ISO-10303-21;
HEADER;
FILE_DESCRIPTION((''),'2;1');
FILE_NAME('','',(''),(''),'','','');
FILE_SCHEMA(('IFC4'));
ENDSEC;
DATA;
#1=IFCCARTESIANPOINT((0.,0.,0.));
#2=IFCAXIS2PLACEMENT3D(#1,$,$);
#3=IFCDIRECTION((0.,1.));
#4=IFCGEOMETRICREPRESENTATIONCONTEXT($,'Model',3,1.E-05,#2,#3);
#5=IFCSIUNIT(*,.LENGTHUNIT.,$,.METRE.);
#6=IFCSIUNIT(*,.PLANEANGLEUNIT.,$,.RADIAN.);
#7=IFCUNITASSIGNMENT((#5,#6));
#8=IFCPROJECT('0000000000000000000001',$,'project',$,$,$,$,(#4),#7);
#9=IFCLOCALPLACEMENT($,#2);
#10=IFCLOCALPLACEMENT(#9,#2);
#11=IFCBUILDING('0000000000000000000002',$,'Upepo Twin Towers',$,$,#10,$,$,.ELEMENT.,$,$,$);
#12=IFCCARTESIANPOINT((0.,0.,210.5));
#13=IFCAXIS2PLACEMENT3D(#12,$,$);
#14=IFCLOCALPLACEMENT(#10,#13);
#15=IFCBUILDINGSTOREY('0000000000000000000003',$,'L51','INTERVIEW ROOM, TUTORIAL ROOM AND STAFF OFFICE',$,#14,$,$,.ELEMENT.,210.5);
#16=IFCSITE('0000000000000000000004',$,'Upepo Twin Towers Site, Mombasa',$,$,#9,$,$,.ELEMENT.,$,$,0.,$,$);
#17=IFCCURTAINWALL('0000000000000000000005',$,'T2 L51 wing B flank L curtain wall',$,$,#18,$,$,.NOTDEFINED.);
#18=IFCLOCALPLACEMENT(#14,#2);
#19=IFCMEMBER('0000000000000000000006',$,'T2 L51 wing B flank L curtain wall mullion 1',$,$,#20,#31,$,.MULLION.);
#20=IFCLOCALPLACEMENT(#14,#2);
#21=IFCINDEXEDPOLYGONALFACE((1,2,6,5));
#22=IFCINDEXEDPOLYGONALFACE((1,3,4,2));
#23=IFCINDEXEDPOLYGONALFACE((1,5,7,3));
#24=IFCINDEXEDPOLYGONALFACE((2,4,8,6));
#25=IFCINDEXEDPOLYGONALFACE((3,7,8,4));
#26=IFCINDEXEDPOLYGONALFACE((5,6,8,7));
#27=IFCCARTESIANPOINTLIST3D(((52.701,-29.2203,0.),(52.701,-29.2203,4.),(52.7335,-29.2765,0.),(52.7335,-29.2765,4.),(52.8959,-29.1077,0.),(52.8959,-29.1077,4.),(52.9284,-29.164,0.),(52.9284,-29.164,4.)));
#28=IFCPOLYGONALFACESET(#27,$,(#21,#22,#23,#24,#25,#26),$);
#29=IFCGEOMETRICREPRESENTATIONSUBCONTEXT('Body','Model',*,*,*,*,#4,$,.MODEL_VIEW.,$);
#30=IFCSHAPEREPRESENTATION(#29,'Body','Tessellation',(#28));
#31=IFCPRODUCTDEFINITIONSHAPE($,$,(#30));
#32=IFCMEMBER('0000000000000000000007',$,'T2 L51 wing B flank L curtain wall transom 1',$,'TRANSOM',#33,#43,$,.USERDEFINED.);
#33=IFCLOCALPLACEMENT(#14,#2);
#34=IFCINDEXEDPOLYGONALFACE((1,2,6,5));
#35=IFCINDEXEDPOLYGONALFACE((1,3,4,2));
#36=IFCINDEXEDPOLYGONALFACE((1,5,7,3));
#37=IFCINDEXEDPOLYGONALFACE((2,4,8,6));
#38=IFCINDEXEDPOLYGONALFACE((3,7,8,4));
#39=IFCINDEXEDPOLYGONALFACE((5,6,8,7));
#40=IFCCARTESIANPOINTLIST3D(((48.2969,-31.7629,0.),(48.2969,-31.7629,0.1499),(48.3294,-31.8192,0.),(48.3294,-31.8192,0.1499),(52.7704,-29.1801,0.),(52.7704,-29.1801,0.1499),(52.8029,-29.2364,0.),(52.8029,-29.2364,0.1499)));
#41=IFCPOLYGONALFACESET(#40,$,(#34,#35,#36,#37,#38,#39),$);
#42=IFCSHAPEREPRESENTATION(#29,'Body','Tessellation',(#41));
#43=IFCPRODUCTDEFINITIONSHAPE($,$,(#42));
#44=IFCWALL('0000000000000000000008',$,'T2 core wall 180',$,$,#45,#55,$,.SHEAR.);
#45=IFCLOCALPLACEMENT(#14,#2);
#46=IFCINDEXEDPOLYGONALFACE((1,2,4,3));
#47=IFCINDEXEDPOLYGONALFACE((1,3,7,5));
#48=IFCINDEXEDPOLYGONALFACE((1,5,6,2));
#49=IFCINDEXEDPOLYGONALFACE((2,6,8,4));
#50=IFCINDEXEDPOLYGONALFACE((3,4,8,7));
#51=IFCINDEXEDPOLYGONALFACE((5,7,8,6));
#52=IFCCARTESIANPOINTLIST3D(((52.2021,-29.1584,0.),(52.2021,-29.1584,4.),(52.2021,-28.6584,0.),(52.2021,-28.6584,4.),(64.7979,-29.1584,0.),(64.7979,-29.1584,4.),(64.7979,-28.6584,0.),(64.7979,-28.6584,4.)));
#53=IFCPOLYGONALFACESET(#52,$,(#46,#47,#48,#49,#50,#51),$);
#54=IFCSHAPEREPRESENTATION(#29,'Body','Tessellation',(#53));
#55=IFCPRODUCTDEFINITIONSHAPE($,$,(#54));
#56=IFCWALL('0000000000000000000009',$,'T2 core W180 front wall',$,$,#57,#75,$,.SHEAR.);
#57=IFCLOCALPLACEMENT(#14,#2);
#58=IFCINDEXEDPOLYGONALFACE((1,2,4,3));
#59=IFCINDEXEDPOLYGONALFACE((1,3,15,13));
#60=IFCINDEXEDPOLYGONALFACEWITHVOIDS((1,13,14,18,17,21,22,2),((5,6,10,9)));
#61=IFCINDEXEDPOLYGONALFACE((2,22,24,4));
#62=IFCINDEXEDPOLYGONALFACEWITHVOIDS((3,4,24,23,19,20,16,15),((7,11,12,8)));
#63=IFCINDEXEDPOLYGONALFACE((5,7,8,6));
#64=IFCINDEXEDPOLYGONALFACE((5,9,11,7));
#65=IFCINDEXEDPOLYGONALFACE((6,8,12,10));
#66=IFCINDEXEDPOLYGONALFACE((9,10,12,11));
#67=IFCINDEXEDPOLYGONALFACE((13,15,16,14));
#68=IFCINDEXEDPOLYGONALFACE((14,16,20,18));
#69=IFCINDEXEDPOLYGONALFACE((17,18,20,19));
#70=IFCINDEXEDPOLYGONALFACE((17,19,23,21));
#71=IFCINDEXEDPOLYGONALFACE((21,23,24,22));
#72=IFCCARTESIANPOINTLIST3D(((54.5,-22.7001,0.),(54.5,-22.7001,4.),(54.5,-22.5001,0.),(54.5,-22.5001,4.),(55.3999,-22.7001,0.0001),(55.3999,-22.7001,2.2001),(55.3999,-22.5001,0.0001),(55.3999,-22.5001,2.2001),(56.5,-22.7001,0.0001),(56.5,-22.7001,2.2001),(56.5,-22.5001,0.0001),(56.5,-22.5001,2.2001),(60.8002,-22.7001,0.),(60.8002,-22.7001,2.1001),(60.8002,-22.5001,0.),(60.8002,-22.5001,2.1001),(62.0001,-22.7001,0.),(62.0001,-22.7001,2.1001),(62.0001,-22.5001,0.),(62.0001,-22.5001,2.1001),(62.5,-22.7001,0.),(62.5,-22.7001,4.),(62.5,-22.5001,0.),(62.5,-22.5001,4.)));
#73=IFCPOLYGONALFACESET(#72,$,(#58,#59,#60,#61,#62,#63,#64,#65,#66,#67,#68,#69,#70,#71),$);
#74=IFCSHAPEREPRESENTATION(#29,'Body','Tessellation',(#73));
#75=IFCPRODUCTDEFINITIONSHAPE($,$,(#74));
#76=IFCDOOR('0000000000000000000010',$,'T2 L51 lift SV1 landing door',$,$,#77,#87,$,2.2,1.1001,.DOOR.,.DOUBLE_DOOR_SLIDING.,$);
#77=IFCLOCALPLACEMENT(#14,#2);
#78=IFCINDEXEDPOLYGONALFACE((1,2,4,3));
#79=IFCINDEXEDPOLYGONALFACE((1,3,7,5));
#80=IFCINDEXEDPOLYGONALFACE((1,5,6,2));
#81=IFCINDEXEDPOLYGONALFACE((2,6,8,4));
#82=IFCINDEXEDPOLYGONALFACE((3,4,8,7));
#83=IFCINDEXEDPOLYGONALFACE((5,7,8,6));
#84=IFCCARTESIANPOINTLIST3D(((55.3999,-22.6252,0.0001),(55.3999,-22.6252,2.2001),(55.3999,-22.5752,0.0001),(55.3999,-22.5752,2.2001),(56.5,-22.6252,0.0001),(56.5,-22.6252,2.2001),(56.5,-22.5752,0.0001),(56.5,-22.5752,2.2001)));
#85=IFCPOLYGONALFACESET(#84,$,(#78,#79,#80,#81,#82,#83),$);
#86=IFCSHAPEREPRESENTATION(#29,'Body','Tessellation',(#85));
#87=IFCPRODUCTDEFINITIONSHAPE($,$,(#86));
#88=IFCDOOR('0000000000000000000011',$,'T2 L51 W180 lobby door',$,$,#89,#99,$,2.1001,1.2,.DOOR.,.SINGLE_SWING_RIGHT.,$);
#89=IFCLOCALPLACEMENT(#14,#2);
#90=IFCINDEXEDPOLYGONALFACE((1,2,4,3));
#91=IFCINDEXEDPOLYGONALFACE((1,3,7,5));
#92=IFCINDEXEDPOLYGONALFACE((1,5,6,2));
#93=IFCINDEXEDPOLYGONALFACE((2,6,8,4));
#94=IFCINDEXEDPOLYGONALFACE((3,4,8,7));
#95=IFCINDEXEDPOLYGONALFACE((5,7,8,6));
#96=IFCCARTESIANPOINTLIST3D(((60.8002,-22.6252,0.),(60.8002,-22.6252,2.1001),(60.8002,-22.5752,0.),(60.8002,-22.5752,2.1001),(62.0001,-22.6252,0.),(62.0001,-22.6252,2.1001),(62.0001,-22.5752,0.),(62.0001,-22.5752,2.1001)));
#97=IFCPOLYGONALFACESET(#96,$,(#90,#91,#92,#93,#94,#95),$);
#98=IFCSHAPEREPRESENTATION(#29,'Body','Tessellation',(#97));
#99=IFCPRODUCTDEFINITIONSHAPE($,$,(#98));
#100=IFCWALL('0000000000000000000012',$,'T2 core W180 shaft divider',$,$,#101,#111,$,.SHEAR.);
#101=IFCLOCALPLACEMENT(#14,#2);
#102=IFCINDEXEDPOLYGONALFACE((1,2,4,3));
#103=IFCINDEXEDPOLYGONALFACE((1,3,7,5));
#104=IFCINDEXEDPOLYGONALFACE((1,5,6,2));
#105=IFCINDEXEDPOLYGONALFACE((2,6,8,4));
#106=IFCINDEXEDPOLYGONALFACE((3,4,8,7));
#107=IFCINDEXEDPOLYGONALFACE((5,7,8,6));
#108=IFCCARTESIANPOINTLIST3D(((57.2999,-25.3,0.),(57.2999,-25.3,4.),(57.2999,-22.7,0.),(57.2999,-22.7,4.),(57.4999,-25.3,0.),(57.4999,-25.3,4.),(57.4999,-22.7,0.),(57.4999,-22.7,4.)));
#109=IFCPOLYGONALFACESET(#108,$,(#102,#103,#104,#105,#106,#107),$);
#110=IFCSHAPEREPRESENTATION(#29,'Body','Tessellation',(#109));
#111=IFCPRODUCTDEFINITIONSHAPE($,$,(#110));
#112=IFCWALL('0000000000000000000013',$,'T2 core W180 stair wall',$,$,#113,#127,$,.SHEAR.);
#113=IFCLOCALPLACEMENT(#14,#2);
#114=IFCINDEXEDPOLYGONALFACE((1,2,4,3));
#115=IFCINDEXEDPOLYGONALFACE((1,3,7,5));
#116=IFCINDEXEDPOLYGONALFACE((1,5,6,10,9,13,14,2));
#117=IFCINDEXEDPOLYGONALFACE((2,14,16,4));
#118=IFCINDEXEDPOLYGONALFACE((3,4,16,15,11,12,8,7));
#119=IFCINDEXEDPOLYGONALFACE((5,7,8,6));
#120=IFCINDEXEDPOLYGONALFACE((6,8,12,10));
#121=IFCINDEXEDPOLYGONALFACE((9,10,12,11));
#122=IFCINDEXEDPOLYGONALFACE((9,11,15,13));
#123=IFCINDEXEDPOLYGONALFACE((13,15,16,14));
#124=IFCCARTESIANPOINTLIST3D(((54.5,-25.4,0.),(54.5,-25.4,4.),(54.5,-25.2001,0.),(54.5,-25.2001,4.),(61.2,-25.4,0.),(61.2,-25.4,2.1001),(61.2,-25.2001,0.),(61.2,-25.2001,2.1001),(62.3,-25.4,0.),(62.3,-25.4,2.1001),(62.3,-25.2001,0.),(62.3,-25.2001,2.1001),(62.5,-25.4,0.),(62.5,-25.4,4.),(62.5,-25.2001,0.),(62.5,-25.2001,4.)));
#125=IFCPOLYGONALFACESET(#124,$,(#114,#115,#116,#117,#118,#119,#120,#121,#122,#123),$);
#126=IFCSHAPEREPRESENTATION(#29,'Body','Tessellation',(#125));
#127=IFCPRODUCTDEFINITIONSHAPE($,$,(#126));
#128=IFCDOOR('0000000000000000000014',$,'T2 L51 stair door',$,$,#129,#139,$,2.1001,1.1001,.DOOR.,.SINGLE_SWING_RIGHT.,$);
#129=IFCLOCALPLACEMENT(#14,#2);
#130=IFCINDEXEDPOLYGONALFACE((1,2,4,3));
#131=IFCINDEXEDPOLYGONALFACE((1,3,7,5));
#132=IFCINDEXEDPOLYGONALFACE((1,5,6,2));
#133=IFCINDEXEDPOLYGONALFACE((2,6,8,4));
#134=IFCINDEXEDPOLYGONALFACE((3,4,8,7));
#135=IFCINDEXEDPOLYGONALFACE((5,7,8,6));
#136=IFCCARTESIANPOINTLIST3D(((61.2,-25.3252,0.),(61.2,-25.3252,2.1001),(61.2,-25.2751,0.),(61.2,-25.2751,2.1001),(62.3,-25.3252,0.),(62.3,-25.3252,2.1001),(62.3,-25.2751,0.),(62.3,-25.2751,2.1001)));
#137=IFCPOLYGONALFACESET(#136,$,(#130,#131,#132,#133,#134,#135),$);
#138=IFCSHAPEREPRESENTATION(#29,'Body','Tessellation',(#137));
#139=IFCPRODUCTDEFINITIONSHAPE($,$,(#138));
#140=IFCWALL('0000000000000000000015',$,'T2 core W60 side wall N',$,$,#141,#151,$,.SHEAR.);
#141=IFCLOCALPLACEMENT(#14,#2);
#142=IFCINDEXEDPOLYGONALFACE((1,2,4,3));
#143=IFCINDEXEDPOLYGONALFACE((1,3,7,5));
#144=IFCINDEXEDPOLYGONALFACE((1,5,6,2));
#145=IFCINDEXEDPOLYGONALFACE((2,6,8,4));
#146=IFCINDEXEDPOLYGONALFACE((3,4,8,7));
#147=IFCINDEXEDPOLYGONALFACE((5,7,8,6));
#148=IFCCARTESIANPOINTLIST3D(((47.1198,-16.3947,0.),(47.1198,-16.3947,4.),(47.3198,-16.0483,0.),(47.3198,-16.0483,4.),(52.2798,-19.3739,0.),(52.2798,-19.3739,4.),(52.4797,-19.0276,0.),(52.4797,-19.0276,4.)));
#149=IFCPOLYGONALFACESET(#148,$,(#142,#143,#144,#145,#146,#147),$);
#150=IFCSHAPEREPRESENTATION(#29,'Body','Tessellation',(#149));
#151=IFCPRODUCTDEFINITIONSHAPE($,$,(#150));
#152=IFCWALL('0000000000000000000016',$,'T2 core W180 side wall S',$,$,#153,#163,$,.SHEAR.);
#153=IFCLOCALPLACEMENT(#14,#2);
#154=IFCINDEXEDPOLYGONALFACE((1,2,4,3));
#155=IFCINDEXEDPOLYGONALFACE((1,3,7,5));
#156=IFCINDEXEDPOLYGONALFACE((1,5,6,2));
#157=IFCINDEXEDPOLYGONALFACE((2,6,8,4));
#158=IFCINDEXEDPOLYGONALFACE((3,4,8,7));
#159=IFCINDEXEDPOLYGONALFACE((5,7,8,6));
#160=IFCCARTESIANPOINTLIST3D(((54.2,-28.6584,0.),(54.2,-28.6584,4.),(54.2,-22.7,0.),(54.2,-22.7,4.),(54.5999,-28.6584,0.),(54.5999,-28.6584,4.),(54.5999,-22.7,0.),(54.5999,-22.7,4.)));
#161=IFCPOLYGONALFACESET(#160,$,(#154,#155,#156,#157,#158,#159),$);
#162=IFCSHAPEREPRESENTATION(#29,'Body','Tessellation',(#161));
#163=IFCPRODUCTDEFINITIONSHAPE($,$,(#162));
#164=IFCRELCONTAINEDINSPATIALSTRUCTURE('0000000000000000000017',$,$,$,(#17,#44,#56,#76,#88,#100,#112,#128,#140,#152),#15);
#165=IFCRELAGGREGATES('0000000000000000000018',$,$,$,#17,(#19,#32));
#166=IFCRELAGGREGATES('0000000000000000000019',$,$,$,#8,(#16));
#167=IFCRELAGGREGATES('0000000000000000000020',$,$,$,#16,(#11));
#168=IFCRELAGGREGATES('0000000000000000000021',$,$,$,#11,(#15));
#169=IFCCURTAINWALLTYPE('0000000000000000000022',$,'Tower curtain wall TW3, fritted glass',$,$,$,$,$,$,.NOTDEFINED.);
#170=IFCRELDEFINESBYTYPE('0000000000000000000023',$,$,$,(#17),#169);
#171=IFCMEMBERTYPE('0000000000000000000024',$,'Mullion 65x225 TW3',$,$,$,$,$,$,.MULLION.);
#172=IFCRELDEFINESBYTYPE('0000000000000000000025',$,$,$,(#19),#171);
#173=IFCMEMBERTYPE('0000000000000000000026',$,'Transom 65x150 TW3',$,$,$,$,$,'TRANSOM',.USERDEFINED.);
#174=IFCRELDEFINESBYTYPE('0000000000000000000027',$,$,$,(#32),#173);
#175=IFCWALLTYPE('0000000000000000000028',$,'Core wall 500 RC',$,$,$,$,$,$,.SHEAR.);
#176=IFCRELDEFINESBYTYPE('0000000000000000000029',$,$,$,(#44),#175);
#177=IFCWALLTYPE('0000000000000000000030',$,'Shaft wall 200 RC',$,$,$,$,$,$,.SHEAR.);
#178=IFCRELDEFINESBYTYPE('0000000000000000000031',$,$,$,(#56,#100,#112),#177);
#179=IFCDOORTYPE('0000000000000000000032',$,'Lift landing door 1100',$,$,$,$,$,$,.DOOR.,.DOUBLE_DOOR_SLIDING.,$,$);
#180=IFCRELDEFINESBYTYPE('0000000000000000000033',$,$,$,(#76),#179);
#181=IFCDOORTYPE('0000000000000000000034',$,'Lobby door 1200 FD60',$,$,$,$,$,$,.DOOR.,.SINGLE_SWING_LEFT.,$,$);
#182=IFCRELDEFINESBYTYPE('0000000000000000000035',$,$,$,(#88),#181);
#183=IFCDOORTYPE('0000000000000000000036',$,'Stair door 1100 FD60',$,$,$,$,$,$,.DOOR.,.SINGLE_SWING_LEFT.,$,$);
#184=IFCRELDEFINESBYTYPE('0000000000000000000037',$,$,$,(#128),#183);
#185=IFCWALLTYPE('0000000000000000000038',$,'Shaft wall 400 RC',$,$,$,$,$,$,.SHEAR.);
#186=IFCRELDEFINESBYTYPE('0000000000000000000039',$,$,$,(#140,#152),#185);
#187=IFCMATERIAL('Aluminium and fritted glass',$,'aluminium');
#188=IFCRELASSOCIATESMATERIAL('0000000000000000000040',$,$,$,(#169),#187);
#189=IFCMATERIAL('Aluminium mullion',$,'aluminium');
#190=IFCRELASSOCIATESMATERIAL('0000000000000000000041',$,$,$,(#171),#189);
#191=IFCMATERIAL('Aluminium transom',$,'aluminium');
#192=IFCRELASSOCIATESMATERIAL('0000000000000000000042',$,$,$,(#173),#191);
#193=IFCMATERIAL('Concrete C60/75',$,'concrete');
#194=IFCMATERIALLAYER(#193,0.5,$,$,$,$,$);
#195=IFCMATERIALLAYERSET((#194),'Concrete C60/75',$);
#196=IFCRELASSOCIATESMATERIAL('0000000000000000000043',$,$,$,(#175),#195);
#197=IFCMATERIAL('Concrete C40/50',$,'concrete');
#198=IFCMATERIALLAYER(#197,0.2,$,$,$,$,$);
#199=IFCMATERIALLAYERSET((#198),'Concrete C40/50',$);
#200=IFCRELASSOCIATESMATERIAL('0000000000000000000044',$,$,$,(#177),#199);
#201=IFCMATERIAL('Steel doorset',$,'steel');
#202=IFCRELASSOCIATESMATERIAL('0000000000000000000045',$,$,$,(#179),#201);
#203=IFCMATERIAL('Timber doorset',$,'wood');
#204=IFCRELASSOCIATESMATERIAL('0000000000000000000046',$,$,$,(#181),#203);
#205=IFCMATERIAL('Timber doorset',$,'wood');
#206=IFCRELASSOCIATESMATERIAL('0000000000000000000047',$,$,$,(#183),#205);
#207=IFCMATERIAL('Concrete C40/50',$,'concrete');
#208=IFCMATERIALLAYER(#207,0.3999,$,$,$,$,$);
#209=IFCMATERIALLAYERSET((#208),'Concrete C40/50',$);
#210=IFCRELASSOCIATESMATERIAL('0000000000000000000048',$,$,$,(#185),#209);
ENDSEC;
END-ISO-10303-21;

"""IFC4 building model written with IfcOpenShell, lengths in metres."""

from ifc_helpers import new_model, si_unit, direction, frame, frame_2d, origin, origin_2d, place, context, subcontext, project, spatial, rectangle, extrude, material, layer, layer_set, material_profile, profile_set, type_object, element, fill, aggregate, save


model = new_model("IFC4")

# Units and contexts
model_context = context("Model", 3, precision=1e-05, world=origin(), true_north=direction((0.0, 1.0)))
body_context = subcontext(model_context, "Body", "Model", "MODEL_VIEW")
ifc_project = project(units=[si_unit("LENGTHUNIT", "METRE"), si_unit("PLANEANGLEUNIT", "RADIAN")], contexts=[model_context])

# Site, building, storey
site_placement = place(None, origin())
site = spatial("IfcSite", under=ifc_project, at=site_placement, Name="Upepo Twin Towers Site, Mombasa", CompositionType="ELEMENT", RefElevation=0.0)
building_placement = place(site_placement, origin())
building = spatial("IfcBuilding", under=site, at=building_placement, Name="Upepo Twin Towers", CompositionType="ELEMENT")
storey_placement = place(building_placement, frame((0.0, 0.0, 210.5)))
storey = spatial("IfcBuildingStorey", under=building, at=storey_placement, Name="L51", Description="INTERVIEW ROOM, TUTORIAL ROOM AND STAFF OFFICE", CompositionType="ELEMENT", Elevation=210.5)

# Curtain wall, members
ifc_material_1 = material(Name="Aluminium and fritted glass", Category="aluminium")
curtain_wall_type = type_object("IfcCurtainWallType", Name="Tower curtain wall TW3, fritted glass", PredefinedType="NOTDEFINED", material=ifc_material_1)
curtain_wall_placement = place(storey_placement, origin())
curtain_wall = element("IfcCurtainWall", 1, at=curtain_wall_placement, inside=storey, type_object=curtain_wall_type, Name="T2 L51 wing B flank L curtain wall", PredefinedType="NOTDEFINED")
ifc_material_2 = material(Name="Aluminium mullion", Category="aluminium")
ifc_material_profile_1 = material_profile(ifc_material_2, rectangle(XDim=0.0649, YDim=0.2251, at=origin_2d()), Name="MULLION 65x225")
ifc_profile_set_1 = profile_set([ifc_material_profile_1], Name="Aluminium mullion")
member_type_1 = type_object("IfcMemberType", Name="Mullion 65x225 TW3", PredefinedType="MULLION", material=ifc_profile_set_1)
member_1_placement = place(storey_placement, frame((52.8147, -29.1921, 0.0), z_axis=(0.0, 0.0, 1.0), x_axis=(0.5, -0.866025, 0.0)))
member_1 = element("IfcMember", 2, at=member_1_placement, type_object=member_type_1, Name="T2 L51 wing B flank L curtain wall mullion 1", PredefinedType="MULLION", context=body_context, shape_type="SweptSolid", body=[
    extrude(rectangle(XDim=0.0649, YDim=0.2251, at=origin_2d()), origin(), (0.0, 0.0, 1.0), 4.0),
])
ifc_material_3 = material(Name="Aluminium transom", Category="aluminium")
ifc_material_profile_2 = material_profile(ifc_material_3, rectangle(XDim=0.0649, YDim=0.1499, at=origin_2d()), Name="TRANSOM 65x150")
ifc_profile_set_2 = profile_set([ifc_material_profile_2], Name="Aluminium transom")
member_type_2 = type_object("IfcMemberType", Name="Transom 65x150 TW3", ElementType="TRANSOM", PredefinedType="USERDEFINED", material=ifc_profile_set_2)
member_2_placement = place(storey_placement, frame((52.7866, -29.2083, 0.075), z_axis=(-0.866021, -0.500007, 0.0), x_axis=(0.500007, -0.866021, 0.0)))
member_2 = element("IfcMember", 3, at=member_2_placement, type_object=member_type_2, Name="T2 L51 wing B flank L curtain wall transom 1", ObjectType="TRANSOM", PredefinedType="USERDEFINED", context=body_context, shape_type="SweptSolid", body=[
    extrude(rectangle(XDim=0.0649, YDim=0.1499, at=origin_2d()), origin(), (0.0, 0.0, 1.0), 5.1655),
])
aggregate(curtain_wall, [member_1, member_2])

# Wall
ifc_material_4 = material(Name="Concrete C60/75", Category="concrete")
ifc_layer_1 = layer(ifc_material_4, 0.5)
ifc_layer_set_1 = layer_set([ifc_layer_1], Name="Concrete C60/75")
wall_type_1 = type_object("IfcWallType", Name="Core wall 500 RC", PredefinedType="SHEAR", material=ifc_layer_set_1)
wall_1_placement = place(storey_placement, frame((52.2021, -28.9084, 0.0), z_axis=(0.0, 0.0, 1.0), x_axis=(1.0, 0.0, 0.0)))
element("IfcWall", 4, at=wall_1_placement, inside=storey, type_object=wall_type_1, Name="T2 core wall 180", PredefinedType="SHEAR", context=body_context, shape_type="SweptSolid", body=[
    extrude(rectangle(XDim=12.5957, YDim=0.5, at=frame_2d((6.2979, 0.0))), origin(), (0.0, 0.0, 1.0), 4.0),
])

# Wall, openings, doors
ifc_material_5 = material(Name="Concrete C40/50", Category="concrete")
ifc_layer_2 = layer(ifc_material_5, 0.2)
ifc_layer_set_2 = layer_set([ifc_layer_2], Name="Concrete C40/50")
wall_type_2 = type_object("IfcWallType", Name="Shaft wall 200 RC", PredefinedType="SHEAR", material=ifc_layer_set_2)
wall_2_placement = place(storey_placement, frame((54.5, -22.6001, 0.0), z_axis=(0.0, 0.0, 1.0), x_axis=(1.0, 0.0, 0.0)))
wall_2 = element("IfcWall", 5, at=wall_2_placement, inside=storey, type_object=wall_type_2, Name="T2 core W180 front wall", PredefinedType="SHEAR", context=body_context, shape_type="SweptSolid", body=[
    extrude(rectangle(XDim=8.0, YDim=0.2, at=frame_2d((4.0, 0.0))), origin(), (0.0, 0.0, 1.0), 4.0),
])
opening_1_placement = place(wall_2_placement, frame((6.3, 0.0, 0.0)))
opening_1 = element("IfcOpeningElement", 6, at=opening_1_placement, cuts=wall_2, PredefinedType="OPENING", context=body_context, shape_type="SweptSolid", body=[
    extrude(rectangle(XDim=1.2, YDim=2.1001, at=frame_2d((0.6001, 1.05))), frame((0.0, 0.1099, 0.0), z_axis=(0.0, -1.0, 0.0), x_axis=(1.0, 0.0, 0.0)), (0.0, 0.0, 1.0), 0.22),
])
opening_2_placement = place(wall_2_placement, frame((0.8999, 0.0, 0.0)))
opening_2 = element("IfcOpeningElement", 7, at=opening_2_placement, cuts=wall_2, PredefinedType="OPENING", context=body_context, shape_type="SweptSolid", body=[
    extrude(rectangle(XDim=1.1001, YDim=2.2, at=frame_2d((0.55, 1.1001))), frame((0.0, 0.1099, 0.0), z_axis=(0.0, -1.0, 0.0), x_axis=(1.0, 0.0, 0.0)), (0.0, 0.0, 1.0), 0.22),
])
ifc_material_6 = material(Name="Steel doorset", Category="steel")
door_type_1 = type_object("IfcDoorType", Name="Lift landing door 1100", OperationType="DOUBLE_DOOR_SLIDING", PredefinedType="DOOR", material=ifc_material_6)
door_1_placement = place(opening_2_placement, origin())
door_1 = element("IfcDoor", 8, at=door_1_placement, inside=storey, type_object=door_type_1, Name="T2 L51 lift SV1 landing door", OperationType="DOUBLE_DOOR_SLIDING", OverallHeight=2.2, OverallWidth=1.1001, PredefinedType="DOOR", context=body_context, shape_type="SweptSolid", body=[
    extrude(rectangle(XDim=1.1001, YDim=2.2, at=frame_2d((0.55, 1.1001))), frame((0.0, 0.0249, 0.0), z_axis=(0.0, -1.0, 0.0), x_axis=(1.0, 0.0, 0.0)), (0.0, 0.0, 1.0), 0.05),
])
fill(opening_2, door_1)
ifc_material_7 = material(Name="Timber doorset", Category="wood")
door_type_2 = type_object("IfcDoorType", Name="Lobby door 1200 FD60", OperationType="SINGLE_SWING_LEFT", PredefinedType="DOOR", material=ifc_material_7)
door_2_placement = place(opening_1_placement, origin())
door_2 = element("IfcDoor", 9, at=door_2_placement, inside=storey, type_object=door_type_2, Name="T2 L51 W180 lobby door", OperationType="SINGLE_SWING_RIGHT", OverallHeight=2.1001, OverallWidth=1.2, PredefinedType="DOOR", context=body_context, shape_type="SweptSolid", body=[
    extrude(rectangle(XDim=1.2, YDim=2.1001, at=frame_2d((0.6001, 1.05))), frame((0.0, 0.0249, 0.0), z_axis=(0.0, -1.0, 0.0), x_axis=(1.0, 0.0, 0.0)), (0.0, 0.0, 1.0), 0.05),
])
fill(opening_1, door_2)

# Wall
wall_3_placement = place(storey_placement, frame((57.3999, -22.7, 0.0), z_axis=(0.0, 0.0, 1.0), x_axis=(0.0, -1.0, 0.0)))
element("IfcWall", 10, at=wall_3_placement, inside=storey, type_object=wall_type_2, Name="T2 core W180 shaft divider", PredefinedType="SHEAR", context=body_context, shape_type="SweptSolid", body=[
    extrude(rectangle(XDim=2.6001, YDim=0.2, at=frame_2d((1.3, 0.0))), origin(), (0.0, 0.0, 1.0), 4.0),
])

# Wall, opening, door
wall_4_placement = place(storey_placement, frame((54.5, -25.3, 0.0), z_axis=(0.0, 0.0, 1.0), x_axis=(1.0, 0.0, 0.0)))
wall_4 = element("IfcWall", 11, at=wall_4_placement, inside=storey, type_object=wall_type_2, Name="T2 core W180 stair wall", PredefinedType="SHEAR", context=body_context, shape_type="SweptSolid", body=[
    extrude(rectangle(XDim=8.0, YDim=0.2, at=frame_2d((4.0, 0.0))), origin(), (0.0, 0.0, 1.0), 4.0),
])
opening_3_placement = place(wall_4_placement, frame((6.7, 0.0, 0.0)))
opening_3 = element("IfcOpeningElement", 12, at=opening_3_placement, cuts=wall_4, PredefinedType="OPENING", context=body_context, shape_type="SweptSolid", body=[
    extrude(rectangle(XDim=1.1001, YDim=2.1001, at=frame_2d((0.55, 1.05))), frame((0.0, 0.1099, 0.0), z_axis=(0.0, -1.0, 0.0), x_axis=(1.0, 0.0, 0.0)), (0.0, 0.0, 1.0), 0.22),
])
ifc_material_8 = material(Name="Timber doorset", Category="wood")
door_type_3 = type_object("IfcDoorType", Name="Stair door 1100 FD60", OperationType="SINGLE_SWING_LEFT", PredefinedType="DOOR", material=ifc_material_8)
door_3_placement = place(opening_3_placement, origin())
door_3 = element("IfcDoor", 13, at=door_3_placement, inside=storey, type_object=door_type_3, Name="T2 L51 stair door", OperationType="SINGLE_SWING_RIGHT", OverallHeight=2.1001, OverallWidth=1.1001, PredefinedType="DOOR", context=body_context, shape_type="SweptSolid", body=[
    extrude(rectangle(XDim=1.1001, YDim=2.1001, at=frame_2d((0.55, 1.05))), frame((0.0, 0.0249, 0.0), z_axis=(0.0, -1.0, 0.0), x_axis=(1.0, 0.0, 0.0)), (0.0, 0.0, 1.0), 0.05),
])
fill(opening_3, door_3)

# Walls
ifc_material_9 = material(Name="Concrete C40/50", Category="concrete")
ifc_layer_3 = layer(ifc_material_9, 0.3999)
ifc_layer_set_3 = layer_set([ifc_layer_3], Name="Concrete C40/50")
wall_type_3 = type_object("IfcWallType", Name="Shaft wall 400 RC", PredefinedType="SHEAR", material=ifc_layer_set_3)
wall_5_placement = place(storey_placement, frame((52.3796, -19.2007, 0.0), z_axis=(0.0, 0.0, 1.0), x_axis=(-0.866013, 0.500022, 0.0)))
element("IfcWall", 14, at=wall_5_placement, inside=storey, type_object=wall_type_3, Name="T2 core W60 side wall N", PredefinedType="SHEAR", context=body_context, shape_type="SweptSolid", body=[
    extrude(rectangle(XDim=5.9583, YDim=0.3999, at=frame_2d((2.979, 0.0))), origin(), (0.0, 0.0, 1.0), 4.0),
])
wall_6_placement = place(storey_placement, frame((54.3999, -22.7, 0.0), z_axis=(0.0, 0.0, 1.0), x_axis=(0.0, -1.0, 0.0)))
element("IfcWall", 15, at=wall_6_placement, inside=storey, type_object=wall_type_3, Name="T2 core W180 side wall S", PredefinedType="SHEAR", context=body_context, shape_type="SweptSolid", body=[
    extrude(rectangle(XDim=5.9585, YDim=0.3999, at=frame_2d((2.9792, 0.0))), origin(), (0.0, 0.0, 1.0), 4.0),
])

save(model, "model.ifc")
